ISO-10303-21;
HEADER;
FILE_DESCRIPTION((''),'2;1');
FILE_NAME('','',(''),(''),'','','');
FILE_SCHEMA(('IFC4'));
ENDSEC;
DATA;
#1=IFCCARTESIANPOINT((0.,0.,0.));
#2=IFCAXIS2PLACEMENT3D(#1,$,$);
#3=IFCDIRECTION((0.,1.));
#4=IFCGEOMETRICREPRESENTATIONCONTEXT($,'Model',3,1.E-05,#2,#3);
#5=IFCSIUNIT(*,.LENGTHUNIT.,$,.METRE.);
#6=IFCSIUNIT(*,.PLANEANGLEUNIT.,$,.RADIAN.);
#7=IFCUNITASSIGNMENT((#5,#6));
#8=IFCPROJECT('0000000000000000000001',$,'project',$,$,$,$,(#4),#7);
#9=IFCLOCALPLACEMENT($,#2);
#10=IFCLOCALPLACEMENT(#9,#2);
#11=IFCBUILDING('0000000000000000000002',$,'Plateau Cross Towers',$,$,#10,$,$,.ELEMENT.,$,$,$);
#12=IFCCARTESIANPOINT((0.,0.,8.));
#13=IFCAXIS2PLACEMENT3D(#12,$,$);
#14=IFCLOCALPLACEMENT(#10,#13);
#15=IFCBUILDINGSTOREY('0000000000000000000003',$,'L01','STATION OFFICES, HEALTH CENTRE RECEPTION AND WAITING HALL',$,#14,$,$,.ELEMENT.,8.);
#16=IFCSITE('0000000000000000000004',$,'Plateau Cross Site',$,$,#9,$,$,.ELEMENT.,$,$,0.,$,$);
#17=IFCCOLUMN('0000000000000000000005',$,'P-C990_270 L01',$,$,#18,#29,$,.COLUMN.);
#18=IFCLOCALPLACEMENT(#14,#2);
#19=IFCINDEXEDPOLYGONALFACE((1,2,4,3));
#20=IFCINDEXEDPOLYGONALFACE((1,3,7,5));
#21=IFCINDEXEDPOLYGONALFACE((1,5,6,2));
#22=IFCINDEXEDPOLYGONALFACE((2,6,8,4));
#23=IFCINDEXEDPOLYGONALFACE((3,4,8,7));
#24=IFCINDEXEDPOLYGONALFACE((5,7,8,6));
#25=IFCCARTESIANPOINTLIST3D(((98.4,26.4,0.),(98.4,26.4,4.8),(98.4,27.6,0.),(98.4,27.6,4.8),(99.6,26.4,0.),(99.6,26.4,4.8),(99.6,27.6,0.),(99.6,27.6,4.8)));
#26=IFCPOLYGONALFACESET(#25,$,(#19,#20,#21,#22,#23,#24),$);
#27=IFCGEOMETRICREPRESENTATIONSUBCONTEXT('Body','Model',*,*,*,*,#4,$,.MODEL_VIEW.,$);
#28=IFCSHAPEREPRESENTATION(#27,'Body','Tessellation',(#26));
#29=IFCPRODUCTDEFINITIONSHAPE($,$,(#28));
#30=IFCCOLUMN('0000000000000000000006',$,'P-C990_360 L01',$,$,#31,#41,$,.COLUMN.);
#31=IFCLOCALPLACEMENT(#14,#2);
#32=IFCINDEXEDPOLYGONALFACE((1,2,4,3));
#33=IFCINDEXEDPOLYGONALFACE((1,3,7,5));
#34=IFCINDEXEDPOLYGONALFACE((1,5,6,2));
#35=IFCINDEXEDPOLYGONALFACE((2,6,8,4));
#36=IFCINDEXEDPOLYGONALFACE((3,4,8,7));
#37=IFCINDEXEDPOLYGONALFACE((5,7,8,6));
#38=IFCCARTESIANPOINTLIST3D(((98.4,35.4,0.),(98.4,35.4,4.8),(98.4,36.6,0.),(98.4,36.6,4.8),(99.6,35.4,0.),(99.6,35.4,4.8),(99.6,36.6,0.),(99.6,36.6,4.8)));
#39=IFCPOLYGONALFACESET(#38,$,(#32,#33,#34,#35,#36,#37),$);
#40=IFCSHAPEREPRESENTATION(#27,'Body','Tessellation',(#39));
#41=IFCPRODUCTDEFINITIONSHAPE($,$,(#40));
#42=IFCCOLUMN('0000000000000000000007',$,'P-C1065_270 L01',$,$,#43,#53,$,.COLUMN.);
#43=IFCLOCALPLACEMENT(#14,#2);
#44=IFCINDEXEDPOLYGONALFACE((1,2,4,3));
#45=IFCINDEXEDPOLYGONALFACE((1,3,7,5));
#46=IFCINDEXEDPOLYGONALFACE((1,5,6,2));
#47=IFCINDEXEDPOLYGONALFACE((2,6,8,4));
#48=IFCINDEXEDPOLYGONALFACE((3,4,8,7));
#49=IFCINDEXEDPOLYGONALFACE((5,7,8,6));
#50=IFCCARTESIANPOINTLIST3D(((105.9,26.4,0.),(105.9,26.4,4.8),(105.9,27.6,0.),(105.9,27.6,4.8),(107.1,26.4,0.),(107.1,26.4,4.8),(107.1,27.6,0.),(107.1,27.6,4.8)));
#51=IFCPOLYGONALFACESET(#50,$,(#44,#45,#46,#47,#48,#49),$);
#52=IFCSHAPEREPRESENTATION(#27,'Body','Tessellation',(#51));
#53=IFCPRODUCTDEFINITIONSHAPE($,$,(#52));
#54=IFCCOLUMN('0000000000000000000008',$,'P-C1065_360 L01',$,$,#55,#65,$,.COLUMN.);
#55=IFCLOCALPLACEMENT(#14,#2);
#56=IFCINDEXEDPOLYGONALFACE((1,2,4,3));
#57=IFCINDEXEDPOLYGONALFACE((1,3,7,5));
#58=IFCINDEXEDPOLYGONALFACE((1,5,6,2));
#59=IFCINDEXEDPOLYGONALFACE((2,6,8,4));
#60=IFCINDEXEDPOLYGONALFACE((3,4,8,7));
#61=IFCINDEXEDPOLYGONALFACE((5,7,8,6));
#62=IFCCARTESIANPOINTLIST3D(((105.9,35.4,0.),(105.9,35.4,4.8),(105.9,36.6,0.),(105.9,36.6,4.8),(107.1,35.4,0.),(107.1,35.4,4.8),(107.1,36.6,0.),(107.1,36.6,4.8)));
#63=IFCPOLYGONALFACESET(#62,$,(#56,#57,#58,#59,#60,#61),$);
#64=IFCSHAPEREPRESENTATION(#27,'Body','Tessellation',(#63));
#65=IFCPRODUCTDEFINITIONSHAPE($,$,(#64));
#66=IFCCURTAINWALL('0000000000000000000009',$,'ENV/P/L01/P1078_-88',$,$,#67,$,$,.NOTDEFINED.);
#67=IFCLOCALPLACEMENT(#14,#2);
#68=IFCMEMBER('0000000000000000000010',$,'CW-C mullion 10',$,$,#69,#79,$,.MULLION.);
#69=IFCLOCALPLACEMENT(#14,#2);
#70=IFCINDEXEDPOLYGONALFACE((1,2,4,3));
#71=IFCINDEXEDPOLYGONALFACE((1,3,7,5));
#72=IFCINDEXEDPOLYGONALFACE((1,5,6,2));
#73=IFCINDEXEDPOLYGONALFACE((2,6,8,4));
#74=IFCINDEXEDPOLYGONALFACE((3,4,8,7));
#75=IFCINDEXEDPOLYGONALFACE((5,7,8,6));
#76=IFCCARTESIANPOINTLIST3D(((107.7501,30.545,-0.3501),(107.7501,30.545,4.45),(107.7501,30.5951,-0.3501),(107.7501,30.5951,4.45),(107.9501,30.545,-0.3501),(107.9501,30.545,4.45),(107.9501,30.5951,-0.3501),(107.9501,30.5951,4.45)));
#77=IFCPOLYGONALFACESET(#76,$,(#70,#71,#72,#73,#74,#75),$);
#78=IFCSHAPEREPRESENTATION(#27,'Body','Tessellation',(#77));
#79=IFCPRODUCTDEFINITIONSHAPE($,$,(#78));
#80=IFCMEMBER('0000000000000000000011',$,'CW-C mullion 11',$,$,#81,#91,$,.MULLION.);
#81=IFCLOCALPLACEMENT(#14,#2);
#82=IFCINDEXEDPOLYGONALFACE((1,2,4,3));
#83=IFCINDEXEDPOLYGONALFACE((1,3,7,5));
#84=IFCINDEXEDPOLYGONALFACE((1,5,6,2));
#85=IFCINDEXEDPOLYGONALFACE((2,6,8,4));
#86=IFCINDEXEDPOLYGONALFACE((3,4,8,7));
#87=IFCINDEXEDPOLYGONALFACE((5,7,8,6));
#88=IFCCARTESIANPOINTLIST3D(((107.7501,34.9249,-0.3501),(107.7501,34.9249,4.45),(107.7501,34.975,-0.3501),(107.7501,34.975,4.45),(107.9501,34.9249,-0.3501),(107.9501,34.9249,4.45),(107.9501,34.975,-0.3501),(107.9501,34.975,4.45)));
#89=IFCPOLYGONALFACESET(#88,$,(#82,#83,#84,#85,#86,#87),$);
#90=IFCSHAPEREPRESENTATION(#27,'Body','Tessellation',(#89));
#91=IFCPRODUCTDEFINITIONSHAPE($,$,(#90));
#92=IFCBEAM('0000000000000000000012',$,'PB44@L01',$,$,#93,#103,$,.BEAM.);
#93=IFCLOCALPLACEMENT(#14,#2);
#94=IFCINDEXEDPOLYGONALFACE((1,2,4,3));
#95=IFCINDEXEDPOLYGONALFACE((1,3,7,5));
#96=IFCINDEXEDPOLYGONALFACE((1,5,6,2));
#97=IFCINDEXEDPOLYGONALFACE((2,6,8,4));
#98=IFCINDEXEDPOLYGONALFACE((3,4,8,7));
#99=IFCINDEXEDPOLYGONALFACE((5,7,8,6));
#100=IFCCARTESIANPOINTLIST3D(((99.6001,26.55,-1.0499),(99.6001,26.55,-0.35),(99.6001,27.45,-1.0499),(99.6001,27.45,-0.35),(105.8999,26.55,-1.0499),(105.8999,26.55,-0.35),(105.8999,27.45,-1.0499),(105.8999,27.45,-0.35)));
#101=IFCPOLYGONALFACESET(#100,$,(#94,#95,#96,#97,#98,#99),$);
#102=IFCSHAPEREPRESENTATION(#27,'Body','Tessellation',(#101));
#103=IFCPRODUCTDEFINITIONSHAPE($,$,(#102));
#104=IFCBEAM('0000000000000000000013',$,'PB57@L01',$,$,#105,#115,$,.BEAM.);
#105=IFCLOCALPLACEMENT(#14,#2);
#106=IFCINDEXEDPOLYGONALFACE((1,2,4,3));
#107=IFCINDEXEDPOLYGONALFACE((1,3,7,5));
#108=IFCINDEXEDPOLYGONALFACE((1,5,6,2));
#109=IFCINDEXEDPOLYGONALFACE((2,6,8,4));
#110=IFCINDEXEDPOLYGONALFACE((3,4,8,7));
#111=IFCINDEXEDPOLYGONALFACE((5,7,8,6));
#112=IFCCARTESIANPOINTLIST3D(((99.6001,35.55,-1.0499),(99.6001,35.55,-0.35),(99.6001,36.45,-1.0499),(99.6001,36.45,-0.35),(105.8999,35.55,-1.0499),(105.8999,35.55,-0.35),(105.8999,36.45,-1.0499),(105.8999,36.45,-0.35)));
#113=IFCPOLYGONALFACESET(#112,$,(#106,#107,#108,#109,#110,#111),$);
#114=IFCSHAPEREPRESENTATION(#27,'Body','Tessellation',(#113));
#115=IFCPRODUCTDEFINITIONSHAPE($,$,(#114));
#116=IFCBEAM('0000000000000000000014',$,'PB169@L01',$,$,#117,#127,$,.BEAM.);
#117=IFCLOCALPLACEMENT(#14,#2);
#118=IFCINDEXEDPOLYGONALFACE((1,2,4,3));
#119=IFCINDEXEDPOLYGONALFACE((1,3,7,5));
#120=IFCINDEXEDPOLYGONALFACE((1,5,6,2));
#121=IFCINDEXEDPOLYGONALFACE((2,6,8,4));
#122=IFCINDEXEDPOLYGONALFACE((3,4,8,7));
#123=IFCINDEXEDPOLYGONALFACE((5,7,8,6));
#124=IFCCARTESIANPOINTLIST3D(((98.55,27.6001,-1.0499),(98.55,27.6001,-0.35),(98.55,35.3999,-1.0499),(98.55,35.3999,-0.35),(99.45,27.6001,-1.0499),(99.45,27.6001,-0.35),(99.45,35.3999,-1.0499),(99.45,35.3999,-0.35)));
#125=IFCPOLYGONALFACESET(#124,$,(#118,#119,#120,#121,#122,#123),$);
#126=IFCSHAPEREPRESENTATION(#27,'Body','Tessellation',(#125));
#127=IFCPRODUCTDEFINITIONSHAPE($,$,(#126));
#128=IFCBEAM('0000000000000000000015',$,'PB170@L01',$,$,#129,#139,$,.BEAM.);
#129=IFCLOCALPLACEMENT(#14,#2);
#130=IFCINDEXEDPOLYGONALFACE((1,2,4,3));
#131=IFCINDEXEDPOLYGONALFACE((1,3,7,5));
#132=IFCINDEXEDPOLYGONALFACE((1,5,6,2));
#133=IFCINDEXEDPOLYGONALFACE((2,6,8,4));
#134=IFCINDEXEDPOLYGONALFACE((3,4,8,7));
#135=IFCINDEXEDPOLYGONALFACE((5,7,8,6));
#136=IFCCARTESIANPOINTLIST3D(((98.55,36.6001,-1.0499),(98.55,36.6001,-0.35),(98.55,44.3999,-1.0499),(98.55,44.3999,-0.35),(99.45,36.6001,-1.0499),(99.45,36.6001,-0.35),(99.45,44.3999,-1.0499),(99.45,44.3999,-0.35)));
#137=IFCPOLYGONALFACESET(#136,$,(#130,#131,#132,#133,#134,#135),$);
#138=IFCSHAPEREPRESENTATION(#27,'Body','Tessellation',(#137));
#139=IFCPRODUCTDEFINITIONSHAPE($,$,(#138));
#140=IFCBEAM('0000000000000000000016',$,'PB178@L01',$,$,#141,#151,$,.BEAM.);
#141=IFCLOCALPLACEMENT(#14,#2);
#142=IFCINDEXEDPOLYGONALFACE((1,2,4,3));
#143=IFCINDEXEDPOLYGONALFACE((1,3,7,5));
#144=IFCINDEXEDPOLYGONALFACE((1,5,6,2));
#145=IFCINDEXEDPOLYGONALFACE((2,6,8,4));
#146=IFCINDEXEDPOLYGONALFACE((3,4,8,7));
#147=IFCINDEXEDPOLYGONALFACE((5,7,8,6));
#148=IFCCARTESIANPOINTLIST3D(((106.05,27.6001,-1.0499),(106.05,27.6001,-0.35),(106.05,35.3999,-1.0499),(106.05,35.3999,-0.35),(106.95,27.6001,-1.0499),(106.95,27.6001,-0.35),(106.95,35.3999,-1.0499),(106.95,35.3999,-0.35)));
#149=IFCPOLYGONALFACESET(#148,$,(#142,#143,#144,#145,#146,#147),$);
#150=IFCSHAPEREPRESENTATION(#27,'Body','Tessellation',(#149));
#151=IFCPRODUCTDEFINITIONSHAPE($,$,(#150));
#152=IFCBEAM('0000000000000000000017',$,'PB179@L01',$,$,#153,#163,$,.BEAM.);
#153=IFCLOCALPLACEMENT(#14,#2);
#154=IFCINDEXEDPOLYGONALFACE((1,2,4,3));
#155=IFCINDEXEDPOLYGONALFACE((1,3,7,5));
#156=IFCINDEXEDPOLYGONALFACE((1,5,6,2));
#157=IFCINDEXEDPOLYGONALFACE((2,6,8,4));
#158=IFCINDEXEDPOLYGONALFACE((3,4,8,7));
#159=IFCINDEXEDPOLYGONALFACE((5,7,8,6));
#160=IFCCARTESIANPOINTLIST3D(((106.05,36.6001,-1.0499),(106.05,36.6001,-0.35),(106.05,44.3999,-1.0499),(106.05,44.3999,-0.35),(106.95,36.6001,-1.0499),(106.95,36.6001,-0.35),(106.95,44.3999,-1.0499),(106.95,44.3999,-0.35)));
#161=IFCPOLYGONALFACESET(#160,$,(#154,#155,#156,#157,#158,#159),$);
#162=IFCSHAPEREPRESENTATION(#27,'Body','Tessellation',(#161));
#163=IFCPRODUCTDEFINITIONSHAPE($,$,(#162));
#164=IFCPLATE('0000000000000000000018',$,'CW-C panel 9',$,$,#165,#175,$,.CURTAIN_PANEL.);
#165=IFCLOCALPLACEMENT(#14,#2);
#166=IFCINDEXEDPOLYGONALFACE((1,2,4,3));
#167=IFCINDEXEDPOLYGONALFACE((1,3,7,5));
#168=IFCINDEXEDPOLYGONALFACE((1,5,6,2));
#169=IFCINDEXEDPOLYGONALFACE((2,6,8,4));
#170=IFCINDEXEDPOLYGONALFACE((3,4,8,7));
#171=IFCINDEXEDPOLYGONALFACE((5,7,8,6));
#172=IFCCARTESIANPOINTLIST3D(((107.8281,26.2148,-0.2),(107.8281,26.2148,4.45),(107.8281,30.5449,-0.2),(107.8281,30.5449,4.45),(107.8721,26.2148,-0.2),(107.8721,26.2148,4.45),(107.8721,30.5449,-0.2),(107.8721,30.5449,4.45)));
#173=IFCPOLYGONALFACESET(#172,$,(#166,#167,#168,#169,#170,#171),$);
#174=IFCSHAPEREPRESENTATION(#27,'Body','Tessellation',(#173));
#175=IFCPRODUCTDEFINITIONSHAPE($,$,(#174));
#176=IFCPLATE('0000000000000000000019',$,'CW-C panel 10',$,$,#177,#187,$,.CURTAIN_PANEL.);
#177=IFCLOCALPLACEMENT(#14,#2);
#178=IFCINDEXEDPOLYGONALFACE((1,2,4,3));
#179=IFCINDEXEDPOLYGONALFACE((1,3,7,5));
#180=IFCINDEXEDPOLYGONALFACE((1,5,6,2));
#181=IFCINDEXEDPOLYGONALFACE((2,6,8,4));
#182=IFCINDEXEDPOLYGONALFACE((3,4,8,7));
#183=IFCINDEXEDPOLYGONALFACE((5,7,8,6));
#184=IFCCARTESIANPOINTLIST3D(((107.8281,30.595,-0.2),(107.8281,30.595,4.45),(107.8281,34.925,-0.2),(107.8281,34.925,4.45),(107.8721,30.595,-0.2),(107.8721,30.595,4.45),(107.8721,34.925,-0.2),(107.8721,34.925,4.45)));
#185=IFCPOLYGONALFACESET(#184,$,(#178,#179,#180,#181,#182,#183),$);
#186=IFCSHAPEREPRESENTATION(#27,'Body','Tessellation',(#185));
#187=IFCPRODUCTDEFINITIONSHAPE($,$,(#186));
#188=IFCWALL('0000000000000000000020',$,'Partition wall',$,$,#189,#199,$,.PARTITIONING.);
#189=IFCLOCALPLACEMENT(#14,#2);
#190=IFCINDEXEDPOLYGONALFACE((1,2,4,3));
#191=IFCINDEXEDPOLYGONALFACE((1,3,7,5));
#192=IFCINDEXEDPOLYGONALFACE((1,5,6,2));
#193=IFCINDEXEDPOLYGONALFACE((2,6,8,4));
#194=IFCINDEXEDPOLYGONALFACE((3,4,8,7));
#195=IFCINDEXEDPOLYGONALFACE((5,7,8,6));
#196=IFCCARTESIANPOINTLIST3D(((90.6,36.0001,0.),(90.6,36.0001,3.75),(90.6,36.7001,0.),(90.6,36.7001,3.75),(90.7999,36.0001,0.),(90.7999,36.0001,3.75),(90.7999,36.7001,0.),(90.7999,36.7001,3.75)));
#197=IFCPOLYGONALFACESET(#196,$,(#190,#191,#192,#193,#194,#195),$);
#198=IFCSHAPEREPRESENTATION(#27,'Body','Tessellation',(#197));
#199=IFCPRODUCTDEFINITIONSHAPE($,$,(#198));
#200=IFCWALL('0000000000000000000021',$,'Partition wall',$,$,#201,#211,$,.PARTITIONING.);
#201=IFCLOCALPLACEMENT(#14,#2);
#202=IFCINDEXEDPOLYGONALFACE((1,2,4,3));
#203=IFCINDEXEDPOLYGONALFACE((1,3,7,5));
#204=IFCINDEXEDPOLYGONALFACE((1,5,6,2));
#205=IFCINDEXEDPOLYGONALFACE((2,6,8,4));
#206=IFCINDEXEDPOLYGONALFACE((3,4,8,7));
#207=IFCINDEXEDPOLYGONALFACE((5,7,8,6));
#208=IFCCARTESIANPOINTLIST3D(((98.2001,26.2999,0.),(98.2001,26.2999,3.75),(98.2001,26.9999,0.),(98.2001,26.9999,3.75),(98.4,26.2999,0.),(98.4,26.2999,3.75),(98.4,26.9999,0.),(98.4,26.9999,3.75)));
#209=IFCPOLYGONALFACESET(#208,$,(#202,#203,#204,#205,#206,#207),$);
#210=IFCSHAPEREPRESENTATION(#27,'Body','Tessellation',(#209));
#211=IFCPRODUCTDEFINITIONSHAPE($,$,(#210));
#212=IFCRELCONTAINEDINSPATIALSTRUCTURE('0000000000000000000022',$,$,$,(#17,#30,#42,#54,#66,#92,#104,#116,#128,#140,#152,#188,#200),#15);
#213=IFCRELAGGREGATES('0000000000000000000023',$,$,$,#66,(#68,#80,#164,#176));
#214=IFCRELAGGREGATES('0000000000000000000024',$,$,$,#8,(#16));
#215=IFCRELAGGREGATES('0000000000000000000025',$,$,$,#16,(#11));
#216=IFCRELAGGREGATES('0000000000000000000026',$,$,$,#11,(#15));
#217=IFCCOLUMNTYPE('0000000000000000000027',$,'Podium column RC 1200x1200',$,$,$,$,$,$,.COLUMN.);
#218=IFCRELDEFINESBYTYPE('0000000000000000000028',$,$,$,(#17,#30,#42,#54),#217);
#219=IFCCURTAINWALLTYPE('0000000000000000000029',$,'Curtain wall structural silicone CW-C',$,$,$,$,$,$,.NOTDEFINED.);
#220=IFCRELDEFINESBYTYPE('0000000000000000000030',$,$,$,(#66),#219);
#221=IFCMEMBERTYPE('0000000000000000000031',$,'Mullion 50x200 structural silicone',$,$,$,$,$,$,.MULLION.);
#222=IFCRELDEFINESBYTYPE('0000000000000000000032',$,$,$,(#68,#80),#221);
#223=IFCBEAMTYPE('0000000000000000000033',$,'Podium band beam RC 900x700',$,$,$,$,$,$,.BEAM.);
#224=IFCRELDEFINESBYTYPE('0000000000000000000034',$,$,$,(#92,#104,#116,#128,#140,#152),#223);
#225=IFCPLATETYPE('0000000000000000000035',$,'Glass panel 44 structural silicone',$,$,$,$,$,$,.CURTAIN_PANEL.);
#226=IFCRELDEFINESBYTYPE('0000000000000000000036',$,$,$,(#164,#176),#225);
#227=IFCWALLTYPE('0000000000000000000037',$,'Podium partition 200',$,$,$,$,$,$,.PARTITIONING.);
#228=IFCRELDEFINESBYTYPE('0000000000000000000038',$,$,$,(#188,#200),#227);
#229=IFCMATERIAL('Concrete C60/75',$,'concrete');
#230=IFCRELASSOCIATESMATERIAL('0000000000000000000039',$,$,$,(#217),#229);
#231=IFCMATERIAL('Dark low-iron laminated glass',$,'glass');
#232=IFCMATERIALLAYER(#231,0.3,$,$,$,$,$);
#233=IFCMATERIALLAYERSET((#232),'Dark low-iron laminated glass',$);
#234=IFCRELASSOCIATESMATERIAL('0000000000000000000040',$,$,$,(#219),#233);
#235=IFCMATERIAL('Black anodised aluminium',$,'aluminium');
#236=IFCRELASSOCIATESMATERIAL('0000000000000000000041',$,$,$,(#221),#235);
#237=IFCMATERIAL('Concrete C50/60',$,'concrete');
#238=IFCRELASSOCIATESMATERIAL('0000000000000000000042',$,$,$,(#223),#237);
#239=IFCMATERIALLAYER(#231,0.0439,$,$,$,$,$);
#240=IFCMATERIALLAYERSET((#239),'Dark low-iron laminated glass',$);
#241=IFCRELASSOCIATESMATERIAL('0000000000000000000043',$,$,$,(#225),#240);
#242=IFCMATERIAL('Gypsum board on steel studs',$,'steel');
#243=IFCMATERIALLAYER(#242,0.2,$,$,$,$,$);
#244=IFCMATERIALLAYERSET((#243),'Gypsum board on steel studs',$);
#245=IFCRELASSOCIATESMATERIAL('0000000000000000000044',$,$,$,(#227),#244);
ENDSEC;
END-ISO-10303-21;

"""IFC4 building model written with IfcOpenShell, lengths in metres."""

from ifc_helpers import new_model, si_unit, direction, frame, frame_2d, origin, origin_2d, place, context, subcontext, project, spatial, rectangle, extrude, material, layer, layer_set, material_profile, profile_set, type_object, element, aggregate, save


model = new_model("IFC4")

# Units and contexts
model_context = context("Model", 3, precision=1e-05, world=origin(), true_north=direction((0.0, 1.0)))
body_context = subcontext(model_context, "Body", "Model", "MODEL_VIEW")
ifc_project = project(units=[si_unit("LENGTHUNIT", "METRE"), si_unit("PLANEANGLEUNIT", "RADIAN")], contexts=[model_context])

# Site, building, storey
site_placement = place(None, origin())
site = spatial("IfcSite", under=ifc_project, at=site_placement, Name="Plateau Cross Site", CompositionType="ELEMENT", RefElevation=0.0)
building_placement = place(site_placement, origin())
building = spatial("IfcBuilding", under=site, at=building_placement, Name="Plateau Cross Towers", CompositionType="ELEMENT")
storey_placement = place(building_placement, frame((0.0, 0.0, 8.0)))
storey = spatial("IfcBuildingStorey", under=building, at=storey_placement, Name="L01", Description="STATION OFFICES, HEALTH CENTRE RECEPTION AND WAITING HALL", CompositionType="ELEMENT", Elevation=8.0)

# Columns
ifc_material_1 = material(Name="Concrete C60/75", Category="concrete")
ifc_material_profile_1 = material_profile(ifc_material_1, rectangle(XDim=1.2, YDim=1.2, at=origin_2d()), Name="RC 1200x1200")
ifc_profile_set_1 = profile_set([ifc_material_profile_1], Name="Concrete C60/75")
column_type = type_object("IfcColumnType", Name="Podium column RC 1200x1200", PredefinedType="COLUMN", material=ifc_profile_set_1)
for number, where, z_axis, x_axis, name in (
    (1, (99.0, 27.0, 0.0), (0.0, 0.0, 1.0), (1.0, 0.0, 0.0), "P-C990_270 L01"),
    (2, (99.0, 36.0, 0.0), (0.0, 0.0, 1.0), (1.0, 0.0, 0.0), "P-C990_360 L01"),
    (3, (106.5, 27.0, 0.0), (0.0, 0.0, 1.0), (1.0, 0.0, 0.0), "P-C1065_270 L01"),
    (4, (106.5, 36.0, 0.0), (0.0, 0.0, 1.0), (1.0, 0.0, 0.0), "P-C1065_360 L01"),
):
    element("IfcColumn", number, at=place(storey_placement, frame(where, z_axis=z_axis, x_axis=x_axis)), inside=storey, type_object=column_type, Name=name, PredefinedType="COLUMN", context=body_context, shape_type="SweptSolid", body=[
        extrude(rectangle(XDim=1.2, YDim=1.2, at=origin_2d()), origin(), (0.0, 0.0, 1.0), 4.8),
    ])

# Curtain wall, members
ifc_material_2 = material(Name="Dark low-iron laminated glass", Category="glass")
ifc_layer_1 = layer(ifc_material_2, 0.3)
ifc_layer_set_1 = layer_set([ifc_layer_1], Name="Dark low-iron laminated glass")
curtain_wall_type = type_object("IfcCurtainWallType", Name="Curtain wall structural silicone CW-C", PredefinedType="NOTDEFINED", material=ifc_layer_set_1)
curtain_wall_placement = place(storey_placement, origin())
curtain_wall = element("IfcCurtainWall", 5, at=curtain_wall_placement, inside=storey, type_object=curtain_wall_type, Name="ENV/P/L01/P1078_-88", PredefinedType="NOTDEFINED")
ifc_material_3 = material(Name="Black anodised aluminium", Category="aluminium")
ifc_material_profile_2 = material_profile(ifc_material_3, rectangle(XDim=0.05, YDim=0.2, at=origin_2d()), Name="MULLION 50x200")
ifc_profile_set_2 = profile_set([ifc_material_profile_2], Name="Black anodised aluminium")
member_type = type_object("IfcMemberType", Name="Mullion 50x200 structural silicone", PredefinedType="MULLION", material=ifc_profile_set_2)
member_1_placement = place(storey_placement, frame((107.8501, 30.5701, -0.3501), z_axis=(0.0, 0.0, 1.0), x_axis=(0.0, 1.0, 0.0)))
member_1 = element("IfcMember", 6, at=member_1_placement, type_object=member_type, Name="CW-C mullion 10", PredefinedType="MULLION", context=body_context, shape_type="SweptSolid", body=[
    extrude(rectangle(XDim=0.05, YDim=0.2, at=origin_2d()), origin(), (0.0, 0.0, 1.0), 4.8),
])
member_2_placement = place(storey_placement, frame((107.8501, 34.95, -0.3501), z_axis=(0.0, 0.0, 1.0), x_axis=(0.0, 1.0, 0.0)))
member_2 = element("IfcMember", 7, at=member_2_placement, type_object=member_type, Name="CW-C mullion 11", PredefinedType="MULLION", context=body_context, shape_type="SweptSolid", body=[
    extrude(rectangle(XDim=0.05, YDim=0.2, at=origin_2d()), origin(), (0.0, 0.0, 1.0), 4.8),
])

# Beams
ifc_material_4 = material(Name="Concrete C50/60", Category="concrete")
ifc_material_profile_3 = material_profile(ifc_material_4, rectangle(XDim=0.8999, YDim=0.7, at=origin_2d()), Name="RC 900x700")
ifc_profile_set_3 = profile_set([ifc_material_profile_3], Name="Concrete C50/60")
beam_type = type_object("IfcBeamType", Name="Podium band beam RC 900x700", PredefinedType="BEAM", material=ifc_profile_set_3)
for number, where, z_axis, x_axis, name in (
    (8, (99.6001, 27.0, -0.7), (1.0, 0.0, 0.0), (0.0, 1.0, 0.0), "PB44@L01"),
    (9, (99.6001, 36.0, -0.7), (1.0, 0.0, 0.0), (0.0, 1.0, 0.0), "PB57@L01"),
):
    element("IfcBeam", number, at=place(storey_placement, frame(where, z_axis=z_axis, x_axis=x_axis)), inside=storey, type_object=beam_type, Name=name, PredefinedType="BEAM", context=body_context, shape_type="SweptSolid", body=[
        extrude(rectangle(XDim=0.8999, YDim=0.7, at=origin_2d()), origin(), (0.0, 0.0, 1.0), 6.2998),
    ])
for number, where, z_axis, x_axis, name in (
    (10, (99.0, 27.6001, -0.7), (0.0, 1.0, 0.0), (-1.0, 0.0, 0.0), "PB169@L01"),
    (11, (99.0, 36.6001, -0.7), (0.0, 1.0, 0.0), (-1.0, 0.0, 0.0), "PB170@L01"),
    (12, (106.5, 27.6001, -0.7), (0.0, 1.0, 0.0), (-1.0, 0.0, 0.0), "PB178@L01"),
    (13, (106.5, 36.6001, -0.7), (0.0, 1.0, 0.0), (-1.0, 0.0, 0.0), "PB179@L01"),
):
    element("IfcBeam", number, at=place(storey_placement, frame(where, z_axis=z_axis, x_axis=x_axis)), inside=storey, type_object=beam_type, Name=name, PredefinedType="BEAM", context=body_context, shape_type="SweptSolid", body=[
        extrude(rectangle(XDim=0.8999, YDim=0.7, at=origin_2d()), origin(), (0.0, 0.0, 1.0), 7.7998),
    ])

# Plates
ifc_layer_2 = layer(ifc_material_2, 0.0439)
ifc_layer_set_2 = layer_set([ifc_layer_2], Name="Dark low-iron laminated glass")
plate_type = type_object("IfcPlateType", Name="Glass panel 44 structural silicone", PredefinedType="CURTAIN_PANEL", material=ifc_layer_set_2)
plate_1_placement = place(storey_placement, frame((107.8501, 28.3799, -0.2), z_axis=(0.0, 0.0, 1.0), x_axis=(0.0, 1.0, 0.0)))
plate_1 = element("IfcPlate", 14, at=plate_1_placement, type_object=plate_type, Name="CW-C panel 9", PredefinedType="CURTAIN_PANEL", context=body_context, shape_type="SweptSolid", body=[
    extrude(rectangle(XDim=4.3301, YDim=0.0439, at=origin_2d()), origin(), (0.0, 0.0, 1.0), 4.6499),
])
plate_2_placement = place(storey_placement, frame((107.8501, 32.76, -0.2), z_axis=(0.0, 0.0, 1.0), x_axis=(0.0, 1.0, 0.0)))
plate_2 = element("IfcPlate", 15, at=plate_2_placement, type_object=plate_type, Name="CW-C panel 10", PredefinedType="CURTAIN_PANEL", context=body_context, shape_type="SweptSolid", body=[
    extrude(rectangle(XDim=4.3301, YDim=0.0439, at=origin_2d()), origin(), (0.0, 0.0, 1.0), 4.6499),
])
aggregate(curtain_wall, [member_1, member_2, plate_1, plate_2])

# Walls
ifc_material_5 = material(Name="Gypsum board on steel studs", Category="steel")
ifc_layer_3 = layer(ifc_material_5, 0.2)
ifc_layer_set_3 = layer_set([ifc_layer_3], Name="Gypsum board on steel studs")
wall_type = type_object("IfcWallType", Name="Podium partition 200", PredefinedType="PARTITIONING", material=ifc_layer_set_3)
for number, where, z_axis, x_axis, name in (
    (16, (90.7, 36.0, 0.0), (0.0, 0.0, 1.0), (0.0, 1.0, 0.0), "Partition wall"),
    (17, (98.3, 27.0, 0.0), (0.0, 0.0, 1.0), (0.0, -1.0, 0.0), "Partition wall"),
):
    element("IfcWall", number, at=place(storey_placement, frame(where, z_axis=z_axis, x_axis=x_axis)), inside=storey, type_object=wall_type, Name=name, PredefinedType="PARTITIONING", context=body_context, shape_type="SweptSolid", body=[
        extrude(rectangle(XDim=0.7, YDim=0.2, at=frame_2d((0.3501, 0.0))), origin(), (0.0, 0.0, 1.0), 3.75),
    ])

save(model, "model.ifc")
